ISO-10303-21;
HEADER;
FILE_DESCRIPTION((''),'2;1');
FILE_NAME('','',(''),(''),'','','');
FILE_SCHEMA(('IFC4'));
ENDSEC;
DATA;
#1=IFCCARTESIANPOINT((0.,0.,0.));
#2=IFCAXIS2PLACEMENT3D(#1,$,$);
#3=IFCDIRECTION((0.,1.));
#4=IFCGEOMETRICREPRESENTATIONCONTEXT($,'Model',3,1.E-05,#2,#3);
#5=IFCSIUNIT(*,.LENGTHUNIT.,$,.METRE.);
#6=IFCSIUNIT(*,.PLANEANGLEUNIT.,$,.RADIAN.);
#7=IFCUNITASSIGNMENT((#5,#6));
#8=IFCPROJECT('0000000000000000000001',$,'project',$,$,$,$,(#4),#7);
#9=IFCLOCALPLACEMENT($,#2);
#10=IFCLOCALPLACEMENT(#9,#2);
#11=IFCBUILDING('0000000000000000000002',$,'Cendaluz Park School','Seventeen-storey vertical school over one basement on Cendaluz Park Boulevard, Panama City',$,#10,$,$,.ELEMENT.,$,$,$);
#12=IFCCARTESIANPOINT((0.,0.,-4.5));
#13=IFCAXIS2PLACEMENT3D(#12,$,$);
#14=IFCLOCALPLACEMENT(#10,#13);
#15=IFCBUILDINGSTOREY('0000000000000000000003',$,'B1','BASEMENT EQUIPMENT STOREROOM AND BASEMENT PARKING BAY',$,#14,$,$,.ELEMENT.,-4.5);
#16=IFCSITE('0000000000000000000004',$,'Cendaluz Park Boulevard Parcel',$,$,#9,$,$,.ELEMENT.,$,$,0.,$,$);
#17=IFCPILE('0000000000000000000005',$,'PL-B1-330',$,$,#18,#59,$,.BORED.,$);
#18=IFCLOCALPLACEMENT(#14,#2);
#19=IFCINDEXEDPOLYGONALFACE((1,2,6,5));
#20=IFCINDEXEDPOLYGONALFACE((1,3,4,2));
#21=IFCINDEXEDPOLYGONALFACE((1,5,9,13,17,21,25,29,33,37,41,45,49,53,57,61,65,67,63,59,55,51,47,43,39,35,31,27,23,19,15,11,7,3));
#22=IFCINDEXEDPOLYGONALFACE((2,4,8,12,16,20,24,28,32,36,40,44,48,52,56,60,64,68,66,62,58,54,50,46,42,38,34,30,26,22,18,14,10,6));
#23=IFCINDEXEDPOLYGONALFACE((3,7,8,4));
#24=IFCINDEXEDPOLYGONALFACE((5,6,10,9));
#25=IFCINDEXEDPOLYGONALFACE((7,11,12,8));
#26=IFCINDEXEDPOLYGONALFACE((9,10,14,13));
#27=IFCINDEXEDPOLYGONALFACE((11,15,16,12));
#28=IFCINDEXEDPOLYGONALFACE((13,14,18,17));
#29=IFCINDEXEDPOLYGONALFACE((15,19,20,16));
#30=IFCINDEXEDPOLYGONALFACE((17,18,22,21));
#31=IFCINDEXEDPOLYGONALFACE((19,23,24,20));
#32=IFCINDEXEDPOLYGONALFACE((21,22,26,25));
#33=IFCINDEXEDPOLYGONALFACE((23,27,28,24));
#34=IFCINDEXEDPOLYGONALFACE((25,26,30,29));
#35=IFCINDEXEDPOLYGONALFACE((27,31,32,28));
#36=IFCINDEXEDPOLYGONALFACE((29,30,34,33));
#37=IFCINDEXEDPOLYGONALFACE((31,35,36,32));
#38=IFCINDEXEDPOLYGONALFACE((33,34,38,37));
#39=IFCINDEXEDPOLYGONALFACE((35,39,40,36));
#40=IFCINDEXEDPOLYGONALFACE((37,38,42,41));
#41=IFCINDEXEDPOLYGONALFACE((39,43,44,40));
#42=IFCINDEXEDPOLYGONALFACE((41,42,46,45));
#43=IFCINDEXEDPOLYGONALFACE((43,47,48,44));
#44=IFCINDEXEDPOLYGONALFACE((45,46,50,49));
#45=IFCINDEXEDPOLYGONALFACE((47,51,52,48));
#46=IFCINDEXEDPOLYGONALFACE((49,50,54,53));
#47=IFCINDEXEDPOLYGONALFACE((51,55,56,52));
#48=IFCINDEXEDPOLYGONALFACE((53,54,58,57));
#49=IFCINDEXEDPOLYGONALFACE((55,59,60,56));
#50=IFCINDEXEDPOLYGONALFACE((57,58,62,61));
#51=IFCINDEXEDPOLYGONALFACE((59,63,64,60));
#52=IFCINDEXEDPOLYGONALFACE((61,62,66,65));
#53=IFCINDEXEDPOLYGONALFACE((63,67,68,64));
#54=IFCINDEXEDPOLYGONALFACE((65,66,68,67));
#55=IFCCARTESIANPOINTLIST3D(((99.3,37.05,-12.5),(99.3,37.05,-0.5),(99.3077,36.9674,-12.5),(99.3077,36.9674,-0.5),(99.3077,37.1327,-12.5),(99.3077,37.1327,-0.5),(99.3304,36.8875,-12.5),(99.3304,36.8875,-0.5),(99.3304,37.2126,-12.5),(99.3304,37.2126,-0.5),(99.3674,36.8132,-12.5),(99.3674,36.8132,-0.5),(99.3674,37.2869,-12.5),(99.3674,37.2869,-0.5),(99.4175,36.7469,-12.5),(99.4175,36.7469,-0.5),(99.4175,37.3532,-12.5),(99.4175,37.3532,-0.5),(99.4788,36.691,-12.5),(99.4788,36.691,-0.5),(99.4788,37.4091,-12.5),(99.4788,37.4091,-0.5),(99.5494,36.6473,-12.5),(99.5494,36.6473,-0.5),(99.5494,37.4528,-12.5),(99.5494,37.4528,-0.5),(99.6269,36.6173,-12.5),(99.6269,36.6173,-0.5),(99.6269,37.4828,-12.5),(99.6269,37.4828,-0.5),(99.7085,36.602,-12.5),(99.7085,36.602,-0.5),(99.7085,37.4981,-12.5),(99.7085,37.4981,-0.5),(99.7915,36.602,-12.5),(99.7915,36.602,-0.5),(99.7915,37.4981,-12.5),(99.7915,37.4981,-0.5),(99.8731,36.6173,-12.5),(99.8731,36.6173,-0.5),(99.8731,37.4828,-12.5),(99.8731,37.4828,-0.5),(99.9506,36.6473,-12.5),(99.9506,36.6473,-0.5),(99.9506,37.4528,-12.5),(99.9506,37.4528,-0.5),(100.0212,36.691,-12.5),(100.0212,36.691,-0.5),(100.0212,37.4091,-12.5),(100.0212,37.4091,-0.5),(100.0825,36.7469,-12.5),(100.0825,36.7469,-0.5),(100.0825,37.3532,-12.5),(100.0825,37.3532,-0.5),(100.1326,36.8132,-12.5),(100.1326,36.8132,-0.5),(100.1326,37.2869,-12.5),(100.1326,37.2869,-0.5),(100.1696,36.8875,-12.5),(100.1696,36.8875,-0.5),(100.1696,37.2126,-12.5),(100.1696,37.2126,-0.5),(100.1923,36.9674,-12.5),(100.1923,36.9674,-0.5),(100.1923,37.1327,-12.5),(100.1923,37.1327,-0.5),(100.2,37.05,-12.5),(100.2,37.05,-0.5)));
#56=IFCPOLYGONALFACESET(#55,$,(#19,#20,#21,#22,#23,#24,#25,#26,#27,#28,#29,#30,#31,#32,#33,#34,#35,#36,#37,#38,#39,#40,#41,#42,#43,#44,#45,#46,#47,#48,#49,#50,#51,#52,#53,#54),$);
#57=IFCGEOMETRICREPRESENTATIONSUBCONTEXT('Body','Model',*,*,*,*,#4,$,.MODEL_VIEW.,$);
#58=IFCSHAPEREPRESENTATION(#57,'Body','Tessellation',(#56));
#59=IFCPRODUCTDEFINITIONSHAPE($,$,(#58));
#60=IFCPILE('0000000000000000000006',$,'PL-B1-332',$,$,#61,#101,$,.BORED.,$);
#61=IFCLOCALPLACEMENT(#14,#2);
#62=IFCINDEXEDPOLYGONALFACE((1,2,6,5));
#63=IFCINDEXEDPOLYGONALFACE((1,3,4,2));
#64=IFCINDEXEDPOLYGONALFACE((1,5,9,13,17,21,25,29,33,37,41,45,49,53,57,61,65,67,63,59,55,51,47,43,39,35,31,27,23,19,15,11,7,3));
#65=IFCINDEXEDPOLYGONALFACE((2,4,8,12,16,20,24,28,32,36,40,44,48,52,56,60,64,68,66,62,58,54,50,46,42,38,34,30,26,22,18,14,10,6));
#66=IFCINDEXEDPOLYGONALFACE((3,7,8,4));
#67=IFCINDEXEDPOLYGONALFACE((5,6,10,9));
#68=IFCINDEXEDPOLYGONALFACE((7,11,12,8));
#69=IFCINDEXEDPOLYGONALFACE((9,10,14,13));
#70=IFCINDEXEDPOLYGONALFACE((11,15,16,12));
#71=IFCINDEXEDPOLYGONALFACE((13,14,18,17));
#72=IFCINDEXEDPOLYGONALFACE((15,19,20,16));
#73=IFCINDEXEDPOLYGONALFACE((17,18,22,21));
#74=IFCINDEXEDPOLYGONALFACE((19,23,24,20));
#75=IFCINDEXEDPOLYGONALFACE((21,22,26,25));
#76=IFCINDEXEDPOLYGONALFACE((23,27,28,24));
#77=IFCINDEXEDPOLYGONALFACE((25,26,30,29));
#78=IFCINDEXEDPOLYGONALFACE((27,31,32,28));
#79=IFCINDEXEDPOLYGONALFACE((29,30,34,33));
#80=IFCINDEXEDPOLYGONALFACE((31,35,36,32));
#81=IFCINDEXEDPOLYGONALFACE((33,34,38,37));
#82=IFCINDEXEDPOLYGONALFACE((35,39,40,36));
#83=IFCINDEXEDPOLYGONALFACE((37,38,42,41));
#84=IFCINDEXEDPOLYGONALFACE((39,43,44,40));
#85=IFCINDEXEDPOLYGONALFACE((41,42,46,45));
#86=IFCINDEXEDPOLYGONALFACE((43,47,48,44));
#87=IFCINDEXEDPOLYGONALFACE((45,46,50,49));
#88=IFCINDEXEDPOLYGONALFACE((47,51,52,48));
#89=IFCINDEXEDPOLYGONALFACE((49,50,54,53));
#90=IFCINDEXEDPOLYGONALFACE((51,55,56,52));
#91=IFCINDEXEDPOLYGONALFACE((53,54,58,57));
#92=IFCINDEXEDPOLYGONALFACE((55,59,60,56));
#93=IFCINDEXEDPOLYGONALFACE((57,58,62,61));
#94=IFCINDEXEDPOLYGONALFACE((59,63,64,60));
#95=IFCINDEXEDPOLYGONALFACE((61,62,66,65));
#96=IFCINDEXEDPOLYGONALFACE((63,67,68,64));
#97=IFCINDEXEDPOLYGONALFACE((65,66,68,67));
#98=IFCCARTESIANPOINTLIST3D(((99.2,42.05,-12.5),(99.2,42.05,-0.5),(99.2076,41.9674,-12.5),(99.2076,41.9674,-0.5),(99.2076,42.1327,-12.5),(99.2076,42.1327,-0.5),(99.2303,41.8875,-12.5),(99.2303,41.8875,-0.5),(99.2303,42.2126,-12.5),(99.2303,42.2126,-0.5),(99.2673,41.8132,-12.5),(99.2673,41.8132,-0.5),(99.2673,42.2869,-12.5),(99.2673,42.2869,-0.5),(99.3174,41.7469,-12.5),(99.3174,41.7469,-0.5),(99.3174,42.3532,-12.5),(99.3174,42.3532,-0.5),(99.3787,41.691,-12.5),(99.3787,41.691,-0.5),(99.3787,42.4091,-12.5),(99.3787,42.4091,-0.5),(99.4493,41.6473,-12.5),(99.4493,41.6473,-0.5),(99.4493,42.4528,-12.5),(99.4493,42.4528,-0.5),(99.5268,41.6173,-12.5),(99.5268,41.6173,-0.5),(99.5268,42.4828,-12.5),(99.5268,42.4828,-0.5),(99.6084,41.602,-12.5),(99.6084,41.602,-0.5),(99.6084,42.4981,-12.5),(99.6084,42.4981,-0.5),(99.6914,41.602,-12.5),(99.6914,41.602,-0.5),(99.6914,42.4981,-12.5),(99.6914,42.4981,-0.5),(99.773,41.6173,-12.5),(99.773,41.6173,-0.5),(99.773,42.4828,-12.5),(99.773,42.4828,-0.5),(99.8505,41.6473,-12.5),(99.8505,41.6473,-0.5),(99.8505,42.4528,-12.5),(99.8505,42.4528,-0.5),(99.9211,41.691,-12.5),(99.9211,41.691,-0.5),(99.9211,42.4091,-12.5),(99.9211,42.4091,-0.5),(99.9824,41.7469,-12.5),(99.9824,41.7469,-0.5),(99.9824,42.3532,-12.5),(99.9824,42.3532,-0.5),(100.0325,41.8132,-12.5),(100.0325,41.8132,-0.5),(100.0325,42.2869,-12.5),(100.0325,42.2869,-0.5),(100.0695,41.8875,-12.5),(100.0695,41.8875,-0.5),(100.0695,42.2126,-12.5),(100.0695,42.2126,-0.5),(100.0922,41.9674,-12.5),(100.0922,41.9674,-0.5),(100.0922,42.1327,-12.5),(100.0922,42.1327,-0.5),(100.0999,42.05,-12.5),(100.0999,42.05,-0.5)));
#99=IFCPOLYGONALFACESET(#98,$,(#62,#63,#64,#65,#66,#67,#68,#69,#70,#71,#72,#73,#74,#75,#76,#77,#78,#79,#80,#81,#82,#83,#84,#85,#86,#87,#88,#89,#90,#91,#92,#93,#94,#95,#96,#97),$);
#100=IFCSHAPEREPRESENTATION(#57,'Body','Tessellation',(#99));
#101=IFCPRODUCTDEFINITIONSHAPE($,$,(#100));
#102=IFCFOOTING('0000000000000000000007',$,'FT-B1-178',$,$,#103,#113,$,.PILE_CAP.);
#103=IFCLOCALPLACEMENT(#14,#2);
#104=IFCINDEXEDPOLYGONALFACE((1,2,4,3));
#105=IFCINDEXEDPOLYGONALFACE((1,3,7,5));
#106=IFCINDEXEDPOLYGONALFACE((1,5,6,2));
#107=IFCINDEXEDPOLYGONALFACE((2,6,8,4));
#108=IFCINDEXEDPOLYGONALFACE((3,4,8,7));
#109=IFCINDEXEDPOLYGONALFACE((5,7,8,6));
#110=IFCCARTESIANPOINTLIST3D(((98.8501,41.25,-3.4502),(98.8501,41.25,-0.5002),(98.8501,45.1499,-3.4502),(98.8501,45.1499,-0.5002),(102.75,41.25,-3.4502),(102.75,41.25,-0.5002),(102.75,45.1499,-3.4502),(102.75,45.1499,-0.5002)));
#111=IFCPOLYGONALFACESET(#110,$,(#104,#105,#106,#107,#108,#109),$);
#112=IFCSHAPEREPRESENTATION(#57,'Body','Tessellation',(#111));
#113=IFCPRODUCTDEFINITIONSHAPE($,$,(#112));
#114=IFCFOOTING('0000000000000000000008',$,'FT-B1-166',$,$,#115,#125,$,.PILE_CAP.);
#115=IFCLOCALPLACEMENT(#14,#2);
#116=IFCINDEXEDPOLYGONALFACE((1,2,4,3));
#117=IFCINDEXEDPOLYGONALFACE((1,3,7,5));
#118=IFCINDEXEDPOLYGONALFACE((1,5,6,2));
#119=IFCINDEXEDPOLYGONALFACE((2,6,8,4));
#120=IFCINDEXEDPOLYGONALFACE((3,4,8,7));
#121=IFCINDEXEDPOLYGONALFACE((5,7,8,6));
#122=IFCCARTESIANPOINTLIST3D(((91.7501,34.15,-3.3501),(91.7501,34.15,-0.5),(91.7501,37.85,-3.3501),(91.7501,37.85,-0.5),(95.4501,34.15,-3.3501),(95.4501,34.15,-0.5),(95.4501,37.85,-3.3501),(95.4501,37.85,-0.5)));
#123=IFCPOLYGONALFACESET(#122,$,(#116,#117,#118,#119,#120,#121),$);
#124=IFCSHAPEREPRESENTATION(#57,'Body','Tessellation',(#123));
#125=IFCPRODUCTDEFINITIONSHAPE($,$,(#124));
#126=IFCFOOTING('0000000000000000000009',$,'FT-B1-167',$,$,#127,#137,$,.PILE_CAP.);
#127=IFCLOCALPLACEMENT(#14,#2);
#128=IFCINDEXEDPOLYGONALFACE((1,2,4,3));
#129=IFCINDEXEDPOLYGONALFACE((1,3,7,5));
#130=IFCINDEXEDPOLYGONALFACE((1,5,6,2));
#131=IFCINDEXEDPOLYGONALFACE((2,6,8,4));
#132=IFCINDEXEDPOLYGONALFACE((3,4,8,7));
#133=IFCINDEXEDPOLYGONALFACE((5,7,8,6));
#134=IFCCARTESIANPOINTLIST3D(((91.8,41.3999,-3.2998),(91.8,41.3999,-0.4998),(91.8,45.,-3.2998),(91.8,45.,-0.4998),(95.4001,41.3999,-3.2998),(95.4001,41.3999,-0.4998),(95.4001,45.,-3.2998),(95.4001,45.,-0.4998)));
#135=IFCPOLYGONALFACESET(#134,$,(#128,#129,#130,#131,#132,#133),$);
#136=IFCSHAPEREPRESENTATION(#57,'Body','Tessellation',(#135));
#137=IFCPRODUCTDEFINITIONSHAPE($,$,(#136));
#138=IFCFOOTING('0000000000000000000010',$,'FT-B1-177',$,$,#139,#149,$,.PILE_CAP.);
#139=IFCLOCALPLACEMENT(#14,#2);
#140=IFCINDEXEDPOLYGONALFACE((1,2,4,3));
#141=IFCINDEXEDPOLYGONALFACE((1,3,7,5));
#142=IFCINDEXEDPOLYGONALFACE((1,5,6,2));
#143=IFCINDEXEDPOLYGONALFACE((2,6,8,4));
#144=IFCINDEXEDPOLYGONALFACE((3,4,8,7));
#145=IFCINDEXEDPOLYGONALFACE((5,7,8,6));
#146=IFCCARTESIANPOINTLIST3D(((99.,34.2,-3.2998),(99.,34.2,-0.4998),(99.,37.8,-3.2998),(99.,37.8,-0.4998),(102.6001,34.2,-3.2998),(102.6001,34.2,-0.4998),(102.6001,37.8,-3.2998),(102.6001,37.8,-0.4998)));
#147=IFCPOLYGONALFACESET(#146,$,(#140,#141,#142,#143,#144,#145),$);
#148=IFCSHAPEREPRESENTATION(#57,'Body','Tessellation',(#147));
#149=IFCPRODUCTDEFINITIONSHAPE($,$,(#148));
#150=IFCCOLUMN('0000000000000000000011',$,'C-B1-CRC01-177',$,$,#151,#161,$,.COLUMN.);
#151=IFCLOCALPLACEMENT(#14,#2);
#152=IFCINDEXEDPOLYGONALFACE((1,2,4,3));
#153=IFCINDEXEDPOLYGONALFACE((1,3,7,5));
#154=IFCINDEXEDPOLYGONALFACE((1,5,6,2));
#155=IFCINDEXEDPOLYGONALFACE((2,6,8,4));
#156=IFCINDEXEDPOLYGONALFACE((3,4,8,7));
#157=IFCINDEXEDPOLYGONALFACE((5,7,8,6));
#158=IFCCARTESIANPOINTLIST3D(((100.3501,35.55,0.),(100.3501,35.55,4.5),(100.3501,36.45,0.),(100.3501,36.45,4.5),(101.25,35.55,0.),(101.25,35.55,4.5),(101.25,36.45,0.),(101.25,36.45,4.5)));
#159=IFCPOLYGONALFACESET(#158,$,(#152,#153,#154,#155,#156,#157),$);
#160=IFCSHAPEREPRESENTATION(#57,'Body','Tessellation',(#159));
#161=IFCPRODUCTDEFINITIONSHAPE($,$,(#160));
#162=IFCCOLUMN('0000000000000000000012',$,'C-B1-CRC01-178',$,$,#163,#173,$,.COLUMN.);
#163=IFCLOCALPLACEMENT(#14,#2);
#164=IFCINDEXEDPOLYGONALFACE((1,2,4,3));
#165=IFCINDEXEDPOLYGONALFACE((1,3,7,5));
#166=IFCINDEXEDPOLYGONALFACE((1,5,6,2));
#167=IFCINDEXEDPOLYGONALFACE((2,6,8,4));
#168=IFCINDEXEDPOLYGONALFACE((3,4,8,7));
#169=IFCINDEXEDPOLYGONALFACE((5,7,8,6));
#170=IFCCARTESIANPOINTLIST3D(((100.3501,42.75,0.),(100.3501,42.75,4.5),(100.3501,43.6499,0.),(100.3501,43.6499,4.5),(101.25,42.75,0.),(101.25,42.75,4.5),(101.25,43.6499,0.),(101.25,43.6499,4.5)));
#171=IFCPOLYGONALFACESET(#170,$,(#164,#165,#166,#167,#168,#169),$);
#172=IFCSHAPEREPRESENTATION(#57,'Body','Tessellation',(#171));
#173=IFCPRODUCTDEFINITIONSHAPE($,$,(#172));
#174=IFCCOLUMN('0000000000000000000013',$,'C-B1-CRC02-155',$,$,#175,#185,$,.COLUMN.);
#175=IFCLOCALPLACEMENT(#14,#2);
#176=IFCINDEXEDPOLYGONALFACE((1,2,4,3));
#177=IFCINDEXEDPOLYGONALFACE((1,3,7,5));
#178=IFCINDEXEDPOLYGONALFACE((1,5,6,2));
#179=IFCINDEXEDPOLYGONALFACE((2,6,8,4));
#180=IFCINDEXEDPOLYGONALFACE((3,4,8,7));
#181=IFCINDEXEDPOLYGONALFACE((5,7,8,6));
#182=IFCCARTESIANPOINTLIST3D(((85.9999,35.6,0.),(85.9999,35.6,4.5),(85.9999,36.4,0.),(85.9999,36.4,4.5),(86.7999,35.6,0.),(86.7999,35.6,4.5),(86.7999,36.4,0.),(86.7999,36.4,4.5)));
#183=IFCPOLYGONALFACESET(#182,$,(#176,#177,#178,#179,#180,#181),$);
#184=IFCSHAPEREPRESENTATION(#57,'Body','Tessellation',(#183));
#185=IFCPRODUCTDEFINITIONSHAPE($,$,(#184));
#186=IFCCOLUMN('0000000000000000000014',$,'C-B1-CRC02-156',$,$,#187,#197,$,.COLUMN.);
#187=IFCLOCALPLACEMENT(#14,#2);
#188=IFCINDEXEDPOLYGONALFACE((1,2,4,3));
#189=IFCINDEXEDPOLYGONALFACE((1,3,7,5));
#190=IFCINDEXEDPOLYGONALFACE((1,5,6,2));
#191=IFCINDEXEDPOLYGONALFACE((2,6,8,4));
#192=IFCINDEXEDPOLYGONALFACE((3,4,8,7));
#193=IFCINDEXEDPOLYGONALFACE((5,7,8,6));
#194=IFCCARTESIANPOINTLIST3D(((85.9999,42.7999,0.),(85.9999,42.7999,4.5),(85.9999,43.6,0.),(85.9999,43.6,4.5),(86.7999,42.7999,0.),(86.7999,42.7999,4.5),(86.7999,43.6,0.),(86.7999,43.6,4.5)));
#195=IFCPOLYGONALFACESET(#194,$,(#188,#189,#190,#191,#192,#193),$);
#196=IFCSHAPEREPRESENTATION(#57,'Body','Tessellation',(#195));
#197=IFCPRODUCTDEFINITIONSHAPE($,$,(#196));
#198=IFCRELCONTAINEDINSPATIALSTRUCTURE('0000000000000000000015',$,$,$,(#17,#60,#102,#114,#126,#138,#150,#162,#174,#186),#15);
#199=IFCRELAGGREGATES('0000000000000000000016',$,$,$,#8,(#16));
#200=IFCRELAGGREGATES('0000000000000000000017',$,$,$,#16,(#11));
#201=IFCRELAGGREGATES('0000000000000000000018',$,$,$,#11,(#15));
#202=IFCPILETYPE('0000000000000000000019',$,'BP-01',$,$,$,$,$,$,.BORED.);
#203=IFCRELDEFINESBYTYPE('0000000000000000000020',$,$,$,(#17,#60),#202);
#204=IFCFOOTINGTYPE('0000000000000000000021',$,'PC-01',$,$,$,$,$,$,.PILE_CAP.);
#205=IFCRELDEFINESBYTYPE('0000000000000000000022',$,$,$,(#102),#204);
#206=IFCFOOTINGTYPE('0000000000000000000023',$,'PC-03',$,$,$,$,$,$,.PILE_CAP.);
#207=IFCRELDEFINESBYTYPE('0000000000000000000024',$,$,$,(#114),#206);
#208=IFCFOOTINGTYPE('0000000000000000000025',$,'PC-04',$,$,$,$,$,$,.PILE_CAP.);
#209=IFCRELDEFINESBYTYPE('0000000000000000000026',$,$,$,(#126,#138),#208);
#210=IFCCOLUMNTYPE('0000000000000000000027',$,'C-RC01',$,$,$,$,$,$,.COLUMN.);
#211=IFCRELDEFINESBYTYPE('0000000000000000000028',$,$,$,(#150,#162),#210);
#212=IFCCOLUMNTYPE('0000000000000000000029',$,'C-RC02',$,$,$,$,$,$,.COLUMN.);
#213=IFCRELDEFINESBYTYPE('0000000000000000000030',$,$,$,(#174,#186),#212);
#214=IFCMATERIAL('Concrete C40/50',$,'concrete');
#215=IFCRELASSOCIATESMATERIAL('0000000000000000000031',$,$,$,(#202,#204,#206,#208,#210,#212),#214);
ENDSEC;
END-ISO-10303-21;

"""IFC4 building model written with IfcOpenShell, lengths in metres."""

from ifc_helpers import new_model, si_unit, direction, frame, origin, origin_2d, place, context, subcontext, project, spatial, rectangle, circle, extrude, material, material_profile, profile_set, type_object, element, save


model = new_model("IFC4")

# Units and contexts
model_context = context("Model", 3, precision=1e-05, world=origin(), true_north=direction((0.0, 1.0)))
body_context = subcontext(model_context, "Body", "Model", "MODEL_VIEW")
ifc_project = project(units=[si_unit("LENGTHUNIT", "METRE"), si_unit("PLANEANGLEUNIT", "RADIAN")], contexts=[model_context])

# Site, building, storey
site_placement = place(None, origin())
site = spatial("IfcSite", under=ifc_project, at=site_placement, Name="Cendaluz Park Boulevard Parcel", CompositionType="ELEMENT", RefElevation=0.0)
building_placement = place(site_placement, origin())
building = spatial("IfcBuilding", under=site, at=building_placement, Name="Cendaluz Park School", Description="Seventeen-storey vertical school over one basement on Cendaluz Park Boulevard, Panama City", CompositionType="ELEMENT")
storey_placement = place(building_placement, frame((0.0, 0.0, -4.5)))
storey = spatial("IfcBuildingStorey", under=building, at=storey_placement, Name="B1", Description="BASEMENT EQUIPMENT STOREROOM AND BASEMENT PARKING BAY", CompositionType="ELEMENT", Elevation=-4.5)

# Piles
ifc_material_1 = material(Name="Concrete C40/50", Category="concrete")
ifc_material_profile_1 = material_profile(ifc_material_1, circle(Radius=0.45, at=origin_2d()), Name="BP D900", Category="concrete")
ifc_profile_set_1 = profile_set([ifc_material_profile_1], Name="Concrete C40/50")
pile_type = type_object("IfcPileType", Name="BP-01", PredefinedType="BORED", material=ifc_profile_set_1)
for number, where, z_axis, x_axis, name in (
    (1, (99.75, 37.05, -0.5), (0.0, 0.0, -1.0), (1.0, 0.0, 0.0), "PL-B1-330"),
    (2, (99.6499, 42.05, -0.5), (0.0, 0.0, -1.0), (1.0, 0.0, 0.0), "PL-B1-332"),
):
    element("IfcPile", number, at=place(storey_placement, frame(where, z_axis=z_axis, x_axis=x_axis)), inside=storey, type_object=pile_type, Name=name, PredefinedType="BORED", context=body_context, shape_type="SweptSolid", body=[
        extrude(circle(Radius=0.45, at=origin_2d()), origin(), (0.0, 0.0, 1.0), 12.0),
    ])

# Footings
footing_type_1 = type_object("IfcFootingType", Name="PC-01", PredefinedType="PILE_CAP", material=ifc_material_1)
footing_1_placement = place(storey_placement, frame((100.8, 43.2, -3.4502), z_axis=(0.0, 0.0, 1.0), x_axis=(1.0, 0.0, 0.0)))
element("IfcFooting", 3, at=footing_1_placement, inside=storey, type_object=footing_type_1, Name="FT-B1-178", PredefinedType="PILE_CAP", context=body_context, shape_type="SweptSolid", body=[
    extrude(rectangle(XDim=3.8999, YDim=3.8999, at=origin_2d()), origin(), (0.0, 0.0, 1.0), 2.95),
])
footing_type_2 = type_object("IfcFootingType", Name="PC-03", PredefinedType="PILE_CAP", material=ifc_material_1)
footing_2_placement = place(storey_placement, frame((93.6001, 36.0, -3.3501), z_axis=(0.0, 0.0, 1.0), x_axis=(1.0, 0.0, 0.0)))
element("IfcFooting", 4, at=footing_2_placement, inside=storey, type_object=footing_type_2, Name="FT-B1-166", PredefinedType="PILE_CAP", context=body_context, shape_type="SweptSolid", body=[
    extrude(rectangle(XDim=3.7, YDim=3.7, at=origin_2d()), origin(), (0.0, 0.0, 1.0), 2.8501),
])
footing_type_3 = type_object("IfcFootingType", Name="PC-04", PredefinedType="PILE_CAP", material=ifc_material_1)
for number, where, z_axis, x_axis, name in (
    (5, (93.6001, 43.2, -3.2998), (0.0, 0.0, 1.0), (1.0, 0.0, 0.0), "FT-B1-167"),
    (6, (100.8, 36.0, -3.2998), (0.0, 0.0, 1.0), (1.0, 0.0, 0.0), "FT-B1-177"),
):
    element("IfcFooting", number, at=place(storey_placement, frame(where, z_axis=z_axis, x_axis=x_axis)), inside=storey, type_object=footing_type_3, Name=name, PredefinedType="PILE_CAP", context=body_context, shape_type="SweptSolid", body=[
        extrude(rectangle(XDim=3.6001, YDim=3.6001, at=origin_2d()), origin(), (0.0, 0.0, 1.0), 2.8),
    ])

# Columns
ifc_material_profile_2 = material_profile(ifc_material_1, rectangle(XDim=0.8999, YDim=0.8999, at=origin_2d()), Name="RC 900x900", Category="concrete")
ifc_profile_set_2 = profile_set([ifc_material_profile_2], Name="Concrete C40/50")
column_type_1 = type_object("IfcColumnType", Name="C-RC01", PredefinedType="COLUMN", material=ifc_profile_set_2)
for number, where, z_axis, x_axis, name in (
    (7, (100.8, 36.0, 0.0), (0.0, 0.0, 1.0), (1.0, 0.0, 0.0), "C-B1-CRC01-177"),
    (8, (100.8, 43.2, 0.0), (0.0, 0.0, 1.0), (1.0, 0.0, 0.0), "C-B1-CRC01-178"),
):
    element("IfcColumn", number, at=place(storey_placement, frame(where, z_axis=z_axis, x_axis=x_axis)), inside=storey, type_object=column_type_1, Name=name, PredefinedType="COLUMN", context=body_context, shape_type="SweptSolid", body=[
        extrude(rectangle(XDim=0.8999, YDim=0.8999, at=origin_2d()), origin(), (0.0, 0.0, 1.0), 4.5),
    ])
ifc_material_profile_3 = material_profile(ifc_material_1, rectangle(XDim=0.8, YDim=0.8, at=origin_2d()), Name="RC 800x800", Category="concrete")
ifc_profile_set_3 = profile_set([ifc_material_profile_3], Name="Concrete C40/50")
column_type_2 = type_object("IfcColumnType", Name="C-RC02", PredefinedType="COLUMN", material=ifc_profile_set_3)
for number, where, z_axis, x_axis, name in (
    (9, (86.3999, 36.0, 0.0), (0.0, 0.0, 1.0), (1.0, 0.0, 0.0), "C-B1-CRC02-155"),
    (10, (86.3999, 43.2, 0.0), (0.0, 0.0, 1.0), (1.0, 0.0, 0.0), "C-B1-CRC02-156"),
):
    element("IfcColumn", number, at=place(storey_placement, frame(where, z_axis=z_axis, x_axis=x_axis)), inside=storey, type_object=column_type_2, Name=name, PredefinedType="COLUMN", context=body_context, shape_type="SweptSolid", body=[
        extrude(rectangle(XDim=0.8, YDim=0.8, at=origin_2d()), origin(), (0.0, 0.0, 1.0), 4.5),
    ])

save(model, "model.ifc")
